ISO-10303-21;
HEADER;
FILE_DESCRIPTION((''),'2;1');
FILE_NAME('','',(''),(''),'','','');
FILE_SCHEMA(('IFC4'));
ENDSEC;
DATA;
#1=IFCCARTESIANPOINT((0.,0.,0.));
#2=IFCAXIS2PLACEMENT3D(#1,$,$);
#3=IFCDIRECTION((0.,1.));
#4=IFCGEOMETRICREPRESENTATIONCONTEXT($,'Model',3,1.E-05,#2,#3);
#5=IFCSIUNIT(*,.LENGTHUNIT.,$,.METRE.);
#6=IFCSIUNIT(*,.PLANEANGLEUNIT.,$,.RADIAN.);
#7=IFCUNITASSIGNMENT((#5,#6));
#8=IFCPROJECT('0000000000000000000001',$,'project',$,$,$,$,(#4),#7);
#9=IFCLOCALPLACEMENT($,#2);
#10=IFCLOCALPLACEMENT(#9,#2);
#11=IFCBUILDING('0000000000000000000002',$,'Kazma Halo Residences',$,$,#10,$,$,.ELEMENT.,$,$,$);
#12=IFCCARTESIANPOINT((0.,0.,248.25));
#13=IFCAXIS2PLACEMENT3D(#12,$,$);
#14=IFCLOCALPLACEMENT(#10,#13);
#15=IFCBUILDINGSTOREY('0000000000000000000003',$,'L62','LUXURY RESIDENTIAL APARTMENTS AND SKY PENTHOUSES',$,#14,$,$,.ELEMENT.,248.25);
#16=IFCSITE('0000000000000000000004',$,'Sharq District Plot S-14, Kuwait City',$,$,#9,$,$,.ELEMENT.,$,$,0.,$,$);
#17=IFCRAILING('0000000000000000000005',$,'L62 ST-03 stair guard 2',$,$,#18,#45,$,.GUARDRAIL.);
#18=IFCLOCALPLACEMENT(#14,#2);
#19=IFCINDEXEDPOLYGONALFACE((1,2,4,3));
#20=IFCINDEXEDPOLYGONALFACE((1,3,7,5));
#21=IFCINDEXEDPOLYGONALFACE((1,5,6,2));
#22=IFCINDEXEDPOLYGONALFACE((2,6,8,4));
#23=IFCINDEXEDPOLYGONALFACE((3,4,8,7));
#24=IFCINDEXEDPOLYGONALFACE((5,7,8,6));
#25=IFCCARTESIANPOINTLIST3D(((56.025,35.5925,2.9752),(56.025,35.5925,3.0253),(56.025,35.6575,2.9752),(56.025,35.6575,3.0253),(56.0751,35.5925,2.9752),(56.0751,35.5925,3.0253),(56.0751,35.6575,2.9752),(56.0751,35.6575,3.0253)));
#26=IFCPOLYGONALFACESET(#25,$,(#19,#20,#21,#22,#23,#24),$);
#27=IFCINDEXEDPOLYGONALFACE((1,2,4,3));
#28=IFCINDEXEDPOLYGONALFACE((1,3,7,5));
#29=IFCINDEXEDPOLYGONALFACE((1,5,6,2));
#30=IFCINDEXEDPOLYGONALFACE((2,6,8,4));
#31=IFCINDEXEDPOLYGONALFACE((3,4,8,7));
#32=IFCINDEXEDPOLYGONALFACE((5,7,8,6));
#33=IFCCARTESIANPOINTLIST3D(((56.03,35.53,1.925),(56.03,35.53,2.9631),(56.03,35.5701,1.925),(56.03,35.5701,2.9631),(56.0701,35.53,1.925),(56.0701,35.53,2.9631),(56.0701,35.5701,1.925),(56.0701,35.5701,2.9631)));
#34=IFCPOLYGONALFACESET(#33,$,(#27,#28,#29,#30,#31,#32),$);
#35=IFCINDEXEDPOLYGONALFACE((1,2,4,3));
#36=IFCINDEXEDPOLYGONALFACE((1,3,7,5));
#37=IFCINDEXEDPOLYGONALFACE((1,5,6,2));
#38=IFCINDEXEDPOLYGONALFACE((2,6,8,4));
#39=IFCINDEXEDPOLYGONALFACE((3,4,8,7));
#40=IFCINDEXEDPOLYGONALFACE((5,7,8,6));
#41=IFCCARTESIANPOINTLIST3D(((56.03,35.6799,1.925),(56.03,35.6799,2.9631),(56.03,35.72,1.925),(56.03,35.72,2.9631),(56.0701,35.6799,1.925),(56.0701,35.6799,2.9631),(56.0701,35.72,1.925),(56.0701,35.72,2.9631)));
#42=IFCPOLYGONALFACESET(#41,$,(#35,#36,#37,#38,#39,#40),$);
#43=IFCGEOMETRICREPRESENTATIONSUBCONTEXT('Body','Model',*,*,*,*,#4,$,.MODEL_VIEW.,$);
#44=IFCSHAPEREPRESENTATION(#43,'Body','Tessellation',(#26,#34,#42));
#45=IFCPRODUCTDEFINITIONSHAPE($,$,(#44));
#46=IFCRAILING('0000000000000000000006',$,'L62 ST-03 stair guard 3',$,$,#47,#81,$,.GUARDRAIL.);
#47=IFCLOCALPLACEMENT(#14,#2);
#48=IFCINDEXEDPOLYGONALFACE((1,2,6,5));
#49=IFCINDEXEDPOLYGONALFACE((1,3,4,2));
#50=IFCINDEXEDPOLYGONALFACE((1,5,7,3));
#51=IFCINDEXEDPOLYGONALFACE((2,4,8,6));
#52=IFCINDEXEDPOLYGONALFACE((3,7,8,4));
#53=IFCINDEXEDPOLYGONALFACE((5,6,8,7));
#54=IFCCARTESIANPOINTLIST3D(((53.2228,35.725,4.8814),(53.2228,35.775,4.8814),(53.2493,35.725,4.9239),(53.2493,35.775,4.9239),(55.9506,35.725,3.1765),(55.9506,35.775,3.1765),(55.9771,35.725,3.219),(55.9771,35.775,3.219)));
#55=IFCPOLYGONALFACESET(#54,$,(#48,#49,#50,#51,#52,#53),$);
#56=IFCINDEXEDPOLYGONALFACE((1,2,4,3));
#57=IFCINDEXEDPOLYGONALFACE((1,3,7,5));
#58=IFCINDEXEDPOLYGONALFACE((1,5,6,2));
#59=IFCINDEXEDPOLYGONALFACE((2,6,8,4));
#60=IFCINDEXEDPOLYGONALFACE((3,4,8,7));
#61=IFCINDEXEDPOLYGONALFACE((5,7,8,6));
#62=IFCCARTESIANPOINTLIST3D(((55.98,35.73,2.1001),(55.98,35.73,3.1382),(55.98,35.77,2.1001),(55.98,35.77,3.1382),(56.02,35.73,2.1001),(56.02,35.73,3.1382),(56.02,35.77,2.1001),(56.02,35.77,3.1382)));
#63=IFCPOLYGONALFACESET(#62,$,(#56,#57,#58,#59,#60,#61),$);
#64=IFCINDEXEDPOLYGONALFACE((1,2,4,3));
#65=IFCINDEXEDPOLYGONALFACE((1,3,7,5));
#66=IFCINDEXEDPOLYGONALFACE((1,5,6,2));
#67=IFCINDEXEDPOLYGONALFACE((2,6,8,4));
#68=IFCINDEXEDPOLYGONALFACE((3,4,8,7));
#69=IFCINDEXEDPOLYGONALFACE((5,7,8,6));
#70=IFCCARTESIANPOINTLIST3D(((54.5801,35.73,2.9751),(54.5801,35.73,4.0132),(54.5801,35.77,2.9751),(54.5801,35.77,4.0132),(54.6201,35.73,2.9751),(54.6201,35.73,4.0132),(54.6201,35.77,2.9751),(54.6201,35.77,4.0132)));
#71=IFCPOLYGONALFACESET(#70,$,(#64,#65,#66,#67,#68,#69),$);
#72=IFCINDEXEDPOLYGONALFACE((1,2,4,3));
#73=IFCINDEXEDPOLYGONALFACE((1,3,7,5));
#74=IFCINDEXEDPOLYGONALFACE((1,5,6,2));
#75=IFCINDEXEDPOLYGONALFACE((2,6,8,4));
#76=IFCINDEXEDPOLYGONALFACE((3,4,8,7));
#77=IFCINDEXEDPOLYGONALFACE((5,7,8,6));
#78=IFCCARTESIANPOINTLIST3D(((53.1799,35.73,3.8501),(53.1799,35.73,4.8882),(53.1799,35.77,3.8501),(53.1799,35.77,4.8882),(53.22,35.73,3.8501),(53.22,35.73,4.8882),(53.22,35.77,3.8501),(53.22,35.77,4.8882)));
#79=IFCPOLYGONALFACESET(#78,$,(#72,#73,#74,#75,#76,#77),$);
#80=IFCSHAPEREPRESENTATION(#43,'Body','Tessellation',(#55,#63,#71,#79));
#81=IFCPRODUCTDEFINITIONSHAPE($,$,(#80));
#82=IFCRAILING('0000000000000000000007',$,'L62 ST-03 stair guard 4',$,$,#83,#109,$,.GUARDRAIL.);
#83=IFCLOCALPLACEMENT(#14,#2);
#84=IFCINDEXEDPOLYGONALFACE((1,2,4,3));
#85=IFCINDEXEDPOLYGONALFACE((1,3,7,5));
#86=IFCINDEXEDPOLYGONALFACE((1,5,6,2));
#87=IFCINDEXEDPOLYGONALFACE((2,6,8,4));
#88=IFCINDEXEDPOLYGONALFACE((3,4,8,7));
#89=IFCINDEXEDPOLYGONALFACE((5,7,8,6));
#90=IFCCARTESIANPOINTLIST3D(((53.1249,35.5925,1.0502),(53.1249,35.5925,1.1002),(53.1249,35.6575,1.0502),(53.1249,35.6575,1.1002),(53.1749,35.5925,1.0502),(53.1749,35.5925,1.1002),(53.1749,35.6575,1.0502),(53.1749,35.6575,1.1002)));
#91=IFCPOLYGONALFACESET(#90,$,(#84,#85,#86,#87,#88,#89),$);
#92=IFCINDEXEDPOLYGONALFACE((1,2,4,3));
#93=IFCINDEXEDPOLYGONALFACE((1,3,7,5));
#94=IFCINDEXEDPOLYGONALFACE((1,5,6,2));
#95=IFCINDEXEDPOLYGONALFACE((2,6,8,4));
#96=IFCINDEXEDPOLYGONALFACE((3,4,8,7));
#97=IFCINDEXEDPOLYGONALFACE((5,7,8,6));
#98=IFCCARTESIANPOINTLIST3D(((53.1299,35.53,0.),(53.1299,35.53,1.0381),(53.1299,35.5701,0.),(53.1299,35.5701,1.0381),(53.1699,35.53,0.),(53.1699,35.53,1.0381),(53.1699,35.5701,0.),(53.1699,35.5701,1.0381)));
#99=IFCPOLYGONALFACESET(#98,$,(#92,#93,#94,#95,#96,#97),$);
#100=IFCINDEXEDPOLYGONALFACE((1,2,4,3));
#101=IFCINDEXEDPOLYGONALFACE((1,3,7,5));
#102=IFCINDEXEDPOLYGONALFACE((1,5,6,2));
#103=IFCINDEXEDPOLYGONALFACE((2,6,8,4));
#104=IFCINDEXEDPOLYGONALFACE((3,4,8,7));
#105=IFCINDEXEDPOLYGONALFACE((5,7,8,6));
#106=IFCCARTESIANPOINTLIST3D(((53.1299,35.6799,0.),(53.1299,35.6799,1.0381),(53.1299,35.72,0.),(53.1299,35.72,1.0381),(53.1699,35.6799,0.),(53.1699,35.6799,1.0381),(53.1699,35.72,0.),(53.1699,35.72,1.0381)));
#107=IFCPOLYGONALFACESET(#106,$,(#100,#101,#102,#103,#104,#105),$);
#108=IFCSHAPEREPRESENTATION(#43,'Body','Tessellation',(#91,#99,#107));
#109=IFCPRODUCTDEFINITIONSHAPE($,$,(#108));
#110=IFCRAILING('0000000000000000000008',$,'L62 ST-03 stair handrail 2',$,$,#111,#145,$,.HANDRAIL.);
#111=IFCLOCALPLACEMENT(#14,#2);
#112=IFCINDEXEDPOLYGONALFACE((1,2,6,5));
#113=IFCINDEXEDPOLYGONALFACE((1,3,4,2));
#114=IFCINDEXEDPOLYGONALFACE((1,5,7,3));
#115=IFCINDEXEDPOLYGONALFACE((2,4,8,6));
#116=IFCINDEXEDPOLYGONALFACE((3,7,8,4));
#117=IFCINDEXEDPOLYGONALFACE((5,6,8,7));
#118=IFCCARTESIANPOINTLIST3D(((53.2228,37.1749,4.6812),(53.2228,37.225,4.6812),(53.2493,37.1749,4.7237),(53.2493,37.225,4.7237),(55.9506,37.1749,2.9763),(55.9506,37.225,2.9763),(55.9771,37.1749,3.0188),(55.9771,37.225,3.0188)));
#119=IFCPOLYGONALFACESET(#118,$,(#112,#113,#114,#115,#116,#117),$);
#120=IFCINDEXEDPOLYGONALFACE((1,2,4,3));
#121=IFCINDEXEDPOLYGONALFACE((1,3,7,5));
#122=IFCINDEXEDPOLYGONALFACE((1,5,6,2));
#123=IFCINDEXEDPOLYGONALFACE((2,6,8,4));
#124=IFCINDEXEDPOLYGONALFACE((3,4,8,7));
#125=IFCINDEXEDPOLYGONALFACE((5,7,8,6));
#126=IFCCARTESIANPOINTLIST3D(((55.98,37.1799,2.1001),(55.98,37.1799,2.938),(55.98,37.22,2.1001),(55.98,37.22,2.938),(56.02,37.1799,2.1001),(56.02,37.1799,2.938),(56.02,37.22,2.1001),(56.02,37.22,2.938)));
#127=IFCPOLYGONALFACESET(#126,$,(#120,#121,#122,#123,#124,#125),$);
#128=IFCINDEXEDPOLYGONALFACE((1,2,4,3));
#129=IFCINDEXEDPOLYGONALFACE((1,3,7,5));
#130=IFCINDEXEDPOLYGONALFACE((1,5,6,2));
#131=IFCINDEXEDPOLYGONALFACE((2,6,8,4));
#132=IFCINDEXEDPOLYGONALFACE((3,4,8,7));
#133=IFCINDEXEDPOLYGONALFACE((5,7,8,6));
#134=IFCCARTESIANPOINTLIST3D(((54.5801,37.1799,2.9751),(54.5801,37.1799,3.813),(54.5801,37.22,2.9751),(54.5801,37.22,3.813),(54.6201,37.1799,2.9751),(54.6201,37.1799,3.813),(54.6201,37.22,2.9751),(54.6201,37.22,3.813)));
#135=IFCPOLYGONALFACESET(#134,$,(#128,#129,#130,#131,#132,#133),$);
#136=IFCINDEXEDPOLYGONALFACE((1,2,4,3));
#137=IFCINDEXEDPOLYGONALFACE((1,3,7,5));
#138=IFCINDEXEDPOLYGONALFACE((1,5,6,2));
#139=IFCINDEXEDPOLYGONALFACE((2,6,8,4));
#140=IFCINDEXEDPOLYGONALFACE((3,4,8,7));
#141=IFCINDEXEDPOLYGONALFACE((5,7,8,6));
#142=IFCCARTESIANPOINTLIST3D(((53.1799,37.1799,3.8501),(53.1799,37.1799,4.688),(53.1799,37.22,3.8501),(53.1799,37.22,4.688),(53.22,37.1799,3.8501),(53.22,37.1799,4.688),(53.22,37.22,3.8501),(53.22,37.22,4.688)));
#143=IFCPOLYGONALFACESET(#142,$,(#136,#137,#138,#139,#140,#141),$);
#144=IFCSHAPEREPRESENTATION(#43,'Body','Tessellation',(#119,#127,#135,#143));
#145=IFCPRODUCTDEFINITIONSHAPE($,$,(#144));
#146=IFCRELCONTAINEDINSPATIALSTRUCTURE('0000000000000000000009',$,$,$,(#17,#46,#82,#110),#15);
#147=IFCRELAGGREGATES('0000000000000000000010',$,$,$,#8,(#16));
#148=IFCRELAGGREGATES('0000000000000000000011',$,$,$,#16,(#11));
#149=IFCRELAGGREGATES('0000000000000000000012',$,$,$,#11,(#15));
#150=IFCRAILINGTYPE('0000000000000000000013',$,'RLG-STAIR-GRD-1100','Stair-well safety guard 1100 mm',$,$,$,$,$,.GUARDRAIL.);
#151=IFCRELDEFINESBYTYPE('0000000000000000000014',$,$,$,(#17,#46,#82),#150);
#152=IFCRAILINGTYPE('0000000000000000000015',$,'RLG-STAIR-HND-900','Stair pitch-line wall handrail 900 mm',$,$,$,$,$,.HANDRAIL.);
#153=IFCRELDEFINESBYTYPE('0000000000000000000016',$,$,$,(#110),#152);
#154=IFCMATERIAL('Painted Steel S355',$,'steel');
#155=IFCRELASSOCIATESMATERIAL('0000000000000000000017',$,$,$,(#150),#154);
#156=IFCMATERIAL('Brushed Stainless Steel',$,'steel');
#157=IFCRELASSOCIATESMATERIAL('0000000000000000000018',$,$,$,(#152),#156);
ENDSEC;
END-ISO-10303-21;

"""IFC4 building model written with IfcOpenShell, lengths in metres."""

from ifc_helpers import new_model, si_unit, direction, frame, origin, origin_2d, place, context, subcontext, project, spatial, rectangle, extrude, material, type_object, element, save


model = new_model("IFC4")

# Units and contexts
model_context = context("Model", 3, precision=1e-05, world=origin(), true_north=direction((0.0, 1.0)))
body_context = subcontext(model_context, "Body", "Model", "MODEL_VIEW")
ifc_project = project(units=[si_unit("LENGTHUNIT", "METRE"), si_unit("PLANEANGLEUNIT", "RADIAN")], contexts=[model_context])

# Site, building, storey
site_placement = place(None, origin())
site = spatial("IfcSite", under=ifc_project, at=site_placement, Name="Sharq District Plot S-14, Kuwait City", CompositionType="ELEMENT", RefElevation=0.0)
building_placement = place(site_placement, origin())
building = spatial("IfcBuilding", under=site, at=building_placement, Name="Kazma Halo Residences", CompositionType="ELEMENT")
storey_placement = place(building_placement, frame((0.0, 0.0, 248.25)))
storey = spatial("IfcBuildingStorey", under=building, at=storey_placement, Name="L62", Description="LUXURY RESIDENTIAL APARTMENTS AND SKY PENTHOUSES", CompositionType="ELEMENT", Elevation=248.25)

# Railings
ifc_material_1 = material(Name="Painted Steel S355", Category="steel")
railing_type_1 = type_object("IfcRailingType", Name="RLG-STAIR-GRD-1100", Description="Stair-well safety guard 1100 mm", PredefinedType="GUARDRAIL", material=ifc_material_1)
railing_1_placement = place(storey_placement, frame((56.05, 35.55, 1.925)))
element("IfcRailing", 1, at=railing_1_placement, inside=storey, type_object=railing_type_1, Name="L62 ST-03 stair guard 2", PredefinedType="GUARDRAIL", context=body_context, shape_type="SweptSolid", body=[
    extrude(rectangle(XDim=0.05, YDim=0.05, at=origin_2d()), frame((0.0, 0.0425, 1.0752), z_axis=(0.0, 1.0, 0.0), x_axis=(-1.0, 0.0, 0.0)), (0.0, 0.0, 1.0), 0.0649),
    extrude(rectangle(XDim=0.04, YDim=0.04, at=origin_2d()), origin(), (0.0, 0.0, 1.0), 1.0381),
    extrude(rectangle(XDim=0.04, YDim=0.04, at=origin_2d()), frame((0.0, 0.1499, 0.0)), (0.0, 0.0, 1.0), 1.0381),
])
railing_2_placement = place(storey_placement, frame((56.0, 35.75, 2.1001)))
element("IfcRailing", 2, at=railing_2_placement, inside=storey, type_object=railing_type_1, Name="L62 ST-03 stair guard 3", PredefinedType="GUARDRAIL", context=body_context, shape_type="SweptSolid", body=[
    extrude(rectangle(XDim=0.05, YDim=0.05, at=origin_2d()), frame((-0.0361, 0.0, 1.0977), z_axis=(-0.848002, 0.0, 0.529992), x_axis=(0.0, -1.0, 0.0)), (0.0, 0.0, 1.0), 3.2168),
    extrude(rectangle(XDim=0.04, YDim=0.04, at=origin_2d()), origin(), (0.0, 0.0, 1.0), 1.0381),
    extrude(rectangle(XDim=0.04, YDim=0.04, at=origin_2d()), frame((-1.3999, 0.0, 0.875)), (0.0, 0.0, 1.0), 1.0381),
    extrude(rectangle(XDim=0.04, YDim=0.04, at=origin_2d()), frame((-2.8, 0.0, 1.75)), (0.0, 0.0, 1.0), 1.0381),
])
railing_3_placement = place(storey_placement, frame((53.1499, 35.55, 0.0)))
element("IfcRailing", 3, at=railing_3_placement, inside=storey, type_object=railing_type_1, Name="L62 ST-03 stair guard 4", PredefinedType="GUARDRAIL", context=body_context, shape_type="SweptSolid", body=[
    extrude(rectangle(XDim=0.05, YDim=0.05, at=origin_2d()), frame((0.0, 0.0425, 1.0752), z_axis=(0.0, 1.0, 0.0), x_axis=(-1.0, 0.0, 0.0)), (0.0, 0.0, 1.0), 0.0649),
    extrude(rectangle(XDim=0.04, YDim=0.04, at=origin_2d()), origin(), (0.0, 0.0, 1.0), 1.0381),
    extrude(rectangle(XDim=0.04, YDim=0.04, at=origin_2d()), frame((0.0, 0.1499, 0.0)), (0.0, 0.0, 1.0), 1.0381),
])
ifc_material_2 = material(Name="Brushed Stainless Steel", Category="steel")
railing_type_2 = type_object("IfcRailingType", Name="RLG-STAIR-HND-900", Description="Stair pitch-line wall handrail 900 mm", PredefinedType="HANDRAIL", material=ifc_material_2)
railing_4_placement = place(storey_placement, frame((56.0, 37.2, 2.1001)))
element("IfcRailing", 4, at=railing_4_placement, inside=storey, type_object=railing_type_2, Name="L62 ST-03 stair handrail 2", PredefinedType="HANDRAIL", context=body_context, shape_type="SweptSolid", body=[
    extrude(rectangle(XDim=0.05, YDim=0.05, at=origin_2d()), frame((-0.0361, 0.0, 0.8975), z_axis=(-0.848002, 0.0, 0.529992), x_axis=(0.0, -1.0, 0.0)), (0.0, 0.0, 1.0), 3.2168),
    extrude(rectangle(XDim=0.04, YDim=0.04, at=origin_2d()), origin(), (0.0, 0.0, 1.0), 0.8379),
    extrude(rectangle(XDim=0.04, YDim=0.04, at=origin_2d()), frame((-1.3999, 0.0, 0.875)), (0.0, 0.0, 1.0), 0.8379),
    extrude(rectangle(XDim=0.04, YDim=0.04, at=origin_2d()), frame((-2.8, 0.0, 1.75)), (0.0, 0.0, 1.0), 0.8379),
])

save(model, "model.ifc")
